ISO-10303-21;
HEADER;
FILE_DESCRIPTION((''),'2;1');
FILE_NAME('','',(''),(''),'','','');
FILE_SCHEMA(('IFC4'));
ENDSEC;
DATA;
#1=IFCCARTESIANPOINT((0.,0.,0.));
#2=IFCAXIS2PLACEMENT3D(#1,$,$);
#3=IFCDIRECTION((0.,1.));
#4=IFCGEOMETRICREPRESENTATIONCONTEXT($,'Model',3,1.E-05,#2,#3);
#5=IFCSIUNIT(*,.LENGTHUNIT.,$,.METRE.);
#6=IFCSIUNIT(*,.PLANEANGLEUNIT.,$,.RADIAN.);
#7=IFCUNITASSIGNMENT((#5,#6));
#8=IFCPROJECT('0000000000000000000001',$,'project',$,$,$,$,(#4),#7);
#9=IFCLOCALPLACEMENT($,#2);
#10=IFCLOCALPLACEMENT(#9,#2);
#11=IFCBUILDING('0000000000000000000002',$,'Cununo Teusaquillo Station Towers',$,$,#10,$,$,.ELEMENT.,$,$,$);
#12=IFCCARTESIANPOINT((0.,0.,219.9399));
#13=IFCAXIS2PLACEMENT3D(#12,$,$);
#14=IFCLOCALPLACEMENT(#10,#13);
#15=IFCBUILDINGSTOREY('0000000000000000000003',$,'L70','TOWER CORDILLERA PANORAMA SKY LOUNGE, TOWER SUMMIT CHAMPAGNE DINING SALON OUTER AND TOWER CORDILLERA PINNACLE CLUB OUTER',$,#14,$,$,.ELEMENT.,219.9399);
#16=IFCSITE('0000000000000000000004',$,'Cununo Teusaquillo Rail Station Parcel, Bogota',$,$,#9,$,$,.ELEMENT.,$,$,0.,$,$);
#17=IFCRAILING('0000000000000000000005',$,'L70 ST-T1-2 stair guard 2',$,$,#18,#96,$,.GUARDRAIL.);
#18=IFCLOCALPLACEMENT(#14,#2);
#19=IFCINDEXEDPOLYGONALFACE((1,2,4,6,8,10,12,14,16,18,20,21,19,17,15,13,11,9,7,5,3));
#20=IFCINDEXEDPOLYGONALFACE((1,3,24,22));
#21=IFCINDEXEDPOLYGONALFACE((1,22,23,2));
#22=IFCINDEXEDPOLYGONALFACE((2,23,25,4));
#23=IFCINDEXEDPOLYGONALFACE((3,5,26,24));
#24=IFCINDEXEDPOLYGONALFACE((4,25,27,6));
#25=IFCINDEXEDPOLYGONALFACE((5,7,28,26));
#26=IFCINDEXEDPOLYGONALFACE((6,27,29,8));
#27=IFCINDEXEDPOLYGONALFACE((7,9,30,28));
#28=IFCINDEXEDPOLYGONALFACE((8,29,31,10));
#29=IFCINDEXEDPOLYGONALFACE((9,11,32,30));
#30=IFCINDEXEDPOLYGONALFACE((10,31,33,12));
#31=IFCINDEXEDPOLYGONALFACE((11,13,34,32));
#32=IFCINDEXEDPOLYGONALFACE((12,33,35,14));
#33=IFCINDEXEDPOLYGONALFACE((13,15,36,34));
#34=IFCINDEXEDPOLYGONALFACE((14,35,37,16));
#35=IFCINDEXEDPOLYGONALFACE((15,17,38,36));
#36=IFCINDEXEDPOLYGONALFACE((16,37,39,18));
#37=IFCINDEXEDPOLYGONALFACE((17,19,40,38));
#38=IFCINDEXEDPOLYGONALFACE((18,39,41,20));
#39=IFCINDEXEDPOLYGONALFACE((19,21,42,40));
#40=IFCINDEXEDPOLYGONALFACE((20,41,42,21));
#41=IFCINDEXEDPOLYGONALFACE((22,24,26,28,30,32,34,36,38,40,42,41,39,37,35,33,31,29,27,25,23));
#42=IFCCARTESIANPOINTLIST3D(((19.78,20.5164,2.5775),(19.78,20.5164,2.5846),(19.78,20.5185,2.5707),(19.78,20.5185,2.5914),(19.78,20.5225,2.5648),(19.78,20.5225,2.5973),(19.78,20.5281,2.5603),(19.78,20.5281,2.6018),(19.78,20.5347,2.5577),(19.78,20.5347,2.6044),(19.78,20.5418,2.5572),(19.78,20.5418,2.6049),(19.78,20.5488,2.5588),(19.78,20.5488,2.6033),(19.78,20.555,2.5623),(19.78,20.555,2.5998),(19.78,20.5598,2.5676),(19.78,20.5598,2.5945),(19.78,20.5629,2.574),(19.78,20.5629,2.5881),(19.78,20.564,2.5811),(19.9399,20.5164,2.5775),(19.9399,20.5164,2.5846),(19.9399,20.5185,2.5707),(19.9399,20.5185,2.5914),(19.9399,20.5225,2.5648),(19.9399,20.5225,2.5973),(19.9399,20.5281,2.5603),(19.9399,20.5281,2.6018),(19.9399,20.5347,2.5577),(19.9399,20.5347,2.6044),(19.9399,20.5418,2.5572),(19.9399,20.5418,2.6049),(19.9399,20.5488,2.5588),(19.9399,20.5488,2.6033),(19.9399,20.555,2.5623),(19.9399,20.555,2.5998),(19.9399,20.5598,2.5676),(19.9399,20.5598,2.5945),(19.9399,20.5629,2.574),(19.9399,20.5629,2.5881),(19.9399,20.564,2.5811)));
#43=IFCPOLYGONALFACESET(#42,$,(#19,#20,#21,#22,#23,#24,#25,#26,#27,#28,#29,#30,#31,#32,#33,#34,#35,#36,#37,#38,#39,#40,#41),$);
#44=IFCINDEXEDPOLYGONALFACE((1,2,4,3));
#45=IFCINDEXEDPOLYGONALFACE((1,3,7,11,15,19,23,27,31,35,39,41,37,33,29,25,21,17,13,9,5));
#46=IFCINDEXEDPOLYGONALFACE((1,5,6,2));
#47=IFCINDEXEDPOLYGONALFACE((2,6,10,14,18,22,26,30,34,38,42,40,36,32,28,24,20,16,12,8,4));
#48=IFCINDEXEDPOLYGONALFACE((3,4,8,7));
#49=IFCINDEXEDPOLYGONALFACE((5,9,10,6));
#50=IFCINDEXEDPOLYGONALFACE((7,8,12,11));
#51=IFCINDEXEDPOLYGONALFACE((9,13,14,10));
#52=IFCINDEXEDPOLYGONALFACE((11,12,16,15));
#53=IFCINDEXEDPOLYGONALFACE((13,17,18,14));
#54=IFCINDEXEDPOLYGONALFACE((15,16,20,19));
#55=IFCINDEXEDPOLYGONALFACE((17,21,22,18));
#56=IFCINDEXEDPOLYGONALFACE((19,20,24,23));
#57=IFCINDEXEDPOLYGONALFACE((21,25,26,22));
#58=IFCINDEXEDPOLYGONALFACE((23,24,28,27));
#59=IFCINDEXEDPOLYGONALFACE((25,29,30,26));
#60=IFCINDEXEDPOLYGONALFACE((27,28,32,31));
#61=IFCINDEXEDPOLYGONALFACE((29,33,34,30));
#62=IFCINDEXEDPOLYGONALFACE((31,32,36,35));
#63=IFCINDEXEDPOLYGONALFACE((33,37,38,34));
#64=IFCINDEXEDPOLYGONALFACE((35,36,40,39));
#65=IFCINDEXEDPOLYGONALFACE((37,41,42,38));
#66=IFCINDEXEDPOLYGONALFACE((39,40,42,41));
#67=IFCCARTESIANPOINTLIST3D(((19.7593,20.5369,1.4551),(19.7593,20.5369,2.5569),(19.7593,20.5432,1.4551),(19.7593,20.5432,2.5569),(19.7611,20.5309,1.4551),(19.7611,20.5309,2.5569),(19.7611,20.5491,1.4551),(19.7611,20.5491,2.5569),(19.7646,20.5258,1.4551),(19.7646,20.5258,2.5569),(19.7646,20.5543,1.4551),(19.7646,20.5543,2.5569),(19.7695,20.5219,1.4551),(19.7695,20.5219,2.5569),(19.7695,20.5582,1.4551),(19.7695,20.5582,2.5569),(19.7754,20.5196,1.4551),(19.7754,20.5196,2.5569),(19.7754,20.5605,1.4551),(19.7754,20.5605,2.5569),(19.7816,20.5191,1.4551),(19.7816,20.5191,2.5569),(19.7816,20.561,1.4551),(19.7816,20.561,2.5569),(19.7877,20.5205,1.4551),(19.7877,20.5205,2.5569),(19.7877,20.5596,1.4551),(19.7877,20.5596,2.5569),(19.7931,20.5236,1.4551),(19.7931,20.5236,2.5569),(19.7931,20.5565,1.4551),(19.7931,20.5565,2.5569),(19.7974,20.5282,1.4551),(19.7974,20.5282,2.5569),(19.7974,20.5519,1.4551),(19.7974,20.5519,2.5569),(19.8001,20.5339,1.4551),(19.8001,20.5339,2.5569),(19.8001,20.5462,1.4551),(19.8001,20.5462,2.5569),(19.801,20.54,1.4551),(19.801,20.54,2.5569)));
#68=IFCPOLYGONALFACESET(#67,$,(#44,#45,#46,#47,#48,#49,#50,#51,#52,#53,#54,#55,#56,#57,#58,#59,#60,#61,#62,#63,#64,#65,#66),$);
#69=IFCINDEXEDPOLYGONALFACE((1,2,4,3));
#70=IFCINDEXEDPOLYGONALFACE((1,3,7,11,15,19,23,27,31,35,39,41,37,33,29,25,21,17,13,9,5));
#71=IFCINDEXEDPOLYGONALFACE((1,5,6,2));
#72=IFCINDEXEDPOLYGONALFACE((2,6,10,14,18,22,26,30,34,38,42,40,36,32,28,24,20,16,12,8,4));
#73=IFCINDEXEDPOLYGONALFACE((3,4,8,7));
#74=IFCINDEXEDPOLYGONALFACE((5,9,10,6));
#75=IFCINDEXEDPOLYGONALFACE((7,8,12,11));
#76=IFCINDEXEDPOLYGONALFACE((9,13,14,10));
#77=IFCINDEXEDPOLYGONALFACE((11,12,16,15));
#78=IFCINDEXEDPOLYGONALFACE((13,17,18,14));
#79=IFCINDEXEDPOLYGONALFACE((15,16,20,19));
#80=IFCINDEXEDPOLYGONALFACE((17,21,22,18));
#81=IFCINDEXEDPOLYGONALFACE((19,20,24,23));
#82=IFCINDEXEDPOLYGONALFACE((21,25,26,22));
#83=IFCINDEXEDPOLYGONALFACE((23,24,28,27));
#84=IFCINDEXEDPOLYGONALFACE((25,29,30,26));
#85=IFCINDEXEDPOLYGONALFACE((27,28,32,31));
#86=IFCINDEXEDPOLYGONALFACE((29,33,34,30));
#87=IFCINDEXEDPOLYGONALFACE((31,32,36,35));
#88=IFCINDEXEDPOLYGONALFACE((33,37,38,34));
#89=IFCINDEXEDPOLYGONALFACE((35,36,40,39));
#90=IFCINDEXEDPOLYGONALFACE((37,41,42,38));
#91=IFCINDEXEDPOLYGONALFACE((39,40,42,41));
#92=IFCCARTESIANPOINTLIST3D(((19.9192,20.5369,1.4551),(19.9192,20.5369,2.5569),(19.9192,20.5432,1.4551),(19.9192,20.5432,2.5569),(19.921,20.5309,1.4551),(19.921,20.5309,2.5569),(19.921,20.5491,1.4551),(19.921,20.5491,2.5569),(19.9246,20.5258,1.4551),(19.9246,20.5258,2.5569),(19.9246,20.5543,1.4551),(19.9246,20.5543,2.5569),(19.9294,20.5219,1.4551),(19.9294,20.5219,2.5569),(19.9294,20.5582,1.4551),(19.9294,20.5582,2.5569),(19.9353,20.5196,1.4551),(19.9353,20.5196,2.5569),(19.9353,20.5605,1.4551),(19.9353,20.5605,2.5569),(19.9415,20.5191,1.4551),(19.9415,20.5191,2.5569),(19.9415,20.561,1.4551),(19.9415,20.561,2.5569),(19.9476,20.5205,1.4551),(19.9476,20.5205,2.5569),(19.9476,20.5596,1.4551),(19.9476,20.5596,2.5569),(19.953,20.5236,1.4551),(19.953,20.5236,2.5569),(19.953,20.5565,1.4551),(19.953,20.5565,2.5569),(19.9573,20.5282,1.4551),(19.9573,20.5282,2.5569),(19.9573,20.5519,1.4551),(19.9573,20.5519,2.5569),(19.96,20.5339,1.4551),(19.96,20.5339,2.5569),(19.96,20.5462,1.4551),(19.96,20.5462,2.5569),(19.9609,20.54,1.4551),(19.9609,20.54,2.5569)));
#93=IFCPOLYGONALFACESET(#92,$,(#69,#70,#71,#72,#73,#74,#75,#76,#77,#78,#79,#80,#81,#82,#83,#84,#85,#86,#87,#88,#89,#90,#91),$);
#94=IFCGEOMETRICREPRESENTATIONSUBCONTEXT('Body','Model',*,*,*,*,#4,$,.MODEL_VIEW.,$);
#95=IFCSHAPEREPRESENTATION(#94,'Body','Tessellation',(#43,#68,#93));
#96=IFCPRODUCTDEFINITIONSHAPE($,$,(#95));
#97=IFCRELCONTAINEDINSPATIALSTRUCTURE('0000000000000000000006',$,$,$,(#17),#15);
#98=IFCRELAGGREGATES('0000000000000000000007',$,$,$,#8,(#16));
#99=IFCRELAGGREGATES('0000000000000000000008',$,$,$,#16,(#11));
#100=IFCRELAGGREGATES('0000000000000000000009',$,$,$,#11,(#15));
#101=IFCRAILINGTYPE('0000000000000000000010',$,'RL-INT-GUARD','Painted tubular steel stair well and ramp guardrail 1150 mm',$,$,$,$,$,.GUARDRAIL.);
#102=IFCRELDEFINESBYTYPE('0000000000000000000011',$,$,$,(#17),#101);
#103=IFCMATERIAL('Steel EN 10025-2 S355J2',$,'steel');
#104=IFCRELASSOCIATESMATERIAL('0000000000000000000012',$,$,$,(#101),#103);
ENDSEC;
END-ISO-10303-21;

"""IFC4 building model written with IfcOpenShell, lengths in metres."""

from ifc_helpers import new_model, si_unit, direction, frame, origin, origin_2d, place, context, subcontext, project, spatial, circle, extrude, material, type_object, element, save


model = new_model("IFC4")

# Units and contexts
model_context = context("Model", 3, precision=1e-05, world=origin(), true_north=direction((0.0, 1.0)))
body_context = subcontext(model_context, "Body", "Model", "MODEL_VIEW")
ifc_project = project(units=[si_unit("LENGTHUNIT", "METRE"), si_unit("PLANEANGLEUNIT", "RADIAN")], contexts=[model_context])

# Site, building, storey
site_placement = place(None, origin())
site = spatial("IfcSite", under=ifc_project, at=site_placement, Name="Cununo Teusaquillo Rail Station Parcel, Bogota", CompositionType="ELEMENT", RefElevation=0.0)
building_placement = place(site_placement, origin())
building = spatial("IfcBuilding", under=site, at=building_placement, Name="Cununo Teusaquillo Station Towers", CompositionType="ELEMENT")
storey_placement = place(building_placement, frame((0.0, 0.0, 219.9399)))
storey = spatial("IfcBuildingStorey", under=building, at=storey_placement, Name="L70", Description="TOWER CORDILLERA PANORAMA SKY LOUNGE, TOWER SUMMIT CHAMPAGNE DINING SALON OUTER AND TOWER CORDILLERA PINNACLE CLUB OUTER", CompositionType="ELEMENT", Elevation=219.9399)

# Railing
ifc_material_1 = material(Name="Steel EN 10025-2 S355J2", Category="steel")
railing_type_1 = type_object("IfcRailingType", Name="RL-INT-GUARD", Description="Painted tubular steel stair well and ramp guardrail 1150 mm", PredefinedType="GUARDRAIL", material=ifc_material_1)
railing_1_placement = place(storey_placement, frame((19.78, 20.54, 1.4551)))
element("IfcRailing", 1, at=railing_1_placement, inside=storey, type_object=railing_type_1, Name="L70 ST-T1-2 stair guard 2", PredefinedType="GUARDRAIL", context=body_context, shape_type="SweptSolid", body=[
    extrude(circle(Radius=0.0239, at=origin_2d()), frame((0.0, 0.0, 1.126), z_axis=(1.0, 0.0, 0.0), x_axis=(0.0, 1.0, 0.0)), (0.0, 0.0, 1.0), 0.1599),
    extrude(circle(Radius=0.021, at=origin_2d()), origin(), (0.0, 0.0, 1.0), 1.1018),
    extrude(circle(Radius=0.021, at=origin_2d()), frame((0.1599, 0.0, 0.0)), (0.0, 0.0, 1.0), 1.1018),
])

save(model, "model.ifc")
